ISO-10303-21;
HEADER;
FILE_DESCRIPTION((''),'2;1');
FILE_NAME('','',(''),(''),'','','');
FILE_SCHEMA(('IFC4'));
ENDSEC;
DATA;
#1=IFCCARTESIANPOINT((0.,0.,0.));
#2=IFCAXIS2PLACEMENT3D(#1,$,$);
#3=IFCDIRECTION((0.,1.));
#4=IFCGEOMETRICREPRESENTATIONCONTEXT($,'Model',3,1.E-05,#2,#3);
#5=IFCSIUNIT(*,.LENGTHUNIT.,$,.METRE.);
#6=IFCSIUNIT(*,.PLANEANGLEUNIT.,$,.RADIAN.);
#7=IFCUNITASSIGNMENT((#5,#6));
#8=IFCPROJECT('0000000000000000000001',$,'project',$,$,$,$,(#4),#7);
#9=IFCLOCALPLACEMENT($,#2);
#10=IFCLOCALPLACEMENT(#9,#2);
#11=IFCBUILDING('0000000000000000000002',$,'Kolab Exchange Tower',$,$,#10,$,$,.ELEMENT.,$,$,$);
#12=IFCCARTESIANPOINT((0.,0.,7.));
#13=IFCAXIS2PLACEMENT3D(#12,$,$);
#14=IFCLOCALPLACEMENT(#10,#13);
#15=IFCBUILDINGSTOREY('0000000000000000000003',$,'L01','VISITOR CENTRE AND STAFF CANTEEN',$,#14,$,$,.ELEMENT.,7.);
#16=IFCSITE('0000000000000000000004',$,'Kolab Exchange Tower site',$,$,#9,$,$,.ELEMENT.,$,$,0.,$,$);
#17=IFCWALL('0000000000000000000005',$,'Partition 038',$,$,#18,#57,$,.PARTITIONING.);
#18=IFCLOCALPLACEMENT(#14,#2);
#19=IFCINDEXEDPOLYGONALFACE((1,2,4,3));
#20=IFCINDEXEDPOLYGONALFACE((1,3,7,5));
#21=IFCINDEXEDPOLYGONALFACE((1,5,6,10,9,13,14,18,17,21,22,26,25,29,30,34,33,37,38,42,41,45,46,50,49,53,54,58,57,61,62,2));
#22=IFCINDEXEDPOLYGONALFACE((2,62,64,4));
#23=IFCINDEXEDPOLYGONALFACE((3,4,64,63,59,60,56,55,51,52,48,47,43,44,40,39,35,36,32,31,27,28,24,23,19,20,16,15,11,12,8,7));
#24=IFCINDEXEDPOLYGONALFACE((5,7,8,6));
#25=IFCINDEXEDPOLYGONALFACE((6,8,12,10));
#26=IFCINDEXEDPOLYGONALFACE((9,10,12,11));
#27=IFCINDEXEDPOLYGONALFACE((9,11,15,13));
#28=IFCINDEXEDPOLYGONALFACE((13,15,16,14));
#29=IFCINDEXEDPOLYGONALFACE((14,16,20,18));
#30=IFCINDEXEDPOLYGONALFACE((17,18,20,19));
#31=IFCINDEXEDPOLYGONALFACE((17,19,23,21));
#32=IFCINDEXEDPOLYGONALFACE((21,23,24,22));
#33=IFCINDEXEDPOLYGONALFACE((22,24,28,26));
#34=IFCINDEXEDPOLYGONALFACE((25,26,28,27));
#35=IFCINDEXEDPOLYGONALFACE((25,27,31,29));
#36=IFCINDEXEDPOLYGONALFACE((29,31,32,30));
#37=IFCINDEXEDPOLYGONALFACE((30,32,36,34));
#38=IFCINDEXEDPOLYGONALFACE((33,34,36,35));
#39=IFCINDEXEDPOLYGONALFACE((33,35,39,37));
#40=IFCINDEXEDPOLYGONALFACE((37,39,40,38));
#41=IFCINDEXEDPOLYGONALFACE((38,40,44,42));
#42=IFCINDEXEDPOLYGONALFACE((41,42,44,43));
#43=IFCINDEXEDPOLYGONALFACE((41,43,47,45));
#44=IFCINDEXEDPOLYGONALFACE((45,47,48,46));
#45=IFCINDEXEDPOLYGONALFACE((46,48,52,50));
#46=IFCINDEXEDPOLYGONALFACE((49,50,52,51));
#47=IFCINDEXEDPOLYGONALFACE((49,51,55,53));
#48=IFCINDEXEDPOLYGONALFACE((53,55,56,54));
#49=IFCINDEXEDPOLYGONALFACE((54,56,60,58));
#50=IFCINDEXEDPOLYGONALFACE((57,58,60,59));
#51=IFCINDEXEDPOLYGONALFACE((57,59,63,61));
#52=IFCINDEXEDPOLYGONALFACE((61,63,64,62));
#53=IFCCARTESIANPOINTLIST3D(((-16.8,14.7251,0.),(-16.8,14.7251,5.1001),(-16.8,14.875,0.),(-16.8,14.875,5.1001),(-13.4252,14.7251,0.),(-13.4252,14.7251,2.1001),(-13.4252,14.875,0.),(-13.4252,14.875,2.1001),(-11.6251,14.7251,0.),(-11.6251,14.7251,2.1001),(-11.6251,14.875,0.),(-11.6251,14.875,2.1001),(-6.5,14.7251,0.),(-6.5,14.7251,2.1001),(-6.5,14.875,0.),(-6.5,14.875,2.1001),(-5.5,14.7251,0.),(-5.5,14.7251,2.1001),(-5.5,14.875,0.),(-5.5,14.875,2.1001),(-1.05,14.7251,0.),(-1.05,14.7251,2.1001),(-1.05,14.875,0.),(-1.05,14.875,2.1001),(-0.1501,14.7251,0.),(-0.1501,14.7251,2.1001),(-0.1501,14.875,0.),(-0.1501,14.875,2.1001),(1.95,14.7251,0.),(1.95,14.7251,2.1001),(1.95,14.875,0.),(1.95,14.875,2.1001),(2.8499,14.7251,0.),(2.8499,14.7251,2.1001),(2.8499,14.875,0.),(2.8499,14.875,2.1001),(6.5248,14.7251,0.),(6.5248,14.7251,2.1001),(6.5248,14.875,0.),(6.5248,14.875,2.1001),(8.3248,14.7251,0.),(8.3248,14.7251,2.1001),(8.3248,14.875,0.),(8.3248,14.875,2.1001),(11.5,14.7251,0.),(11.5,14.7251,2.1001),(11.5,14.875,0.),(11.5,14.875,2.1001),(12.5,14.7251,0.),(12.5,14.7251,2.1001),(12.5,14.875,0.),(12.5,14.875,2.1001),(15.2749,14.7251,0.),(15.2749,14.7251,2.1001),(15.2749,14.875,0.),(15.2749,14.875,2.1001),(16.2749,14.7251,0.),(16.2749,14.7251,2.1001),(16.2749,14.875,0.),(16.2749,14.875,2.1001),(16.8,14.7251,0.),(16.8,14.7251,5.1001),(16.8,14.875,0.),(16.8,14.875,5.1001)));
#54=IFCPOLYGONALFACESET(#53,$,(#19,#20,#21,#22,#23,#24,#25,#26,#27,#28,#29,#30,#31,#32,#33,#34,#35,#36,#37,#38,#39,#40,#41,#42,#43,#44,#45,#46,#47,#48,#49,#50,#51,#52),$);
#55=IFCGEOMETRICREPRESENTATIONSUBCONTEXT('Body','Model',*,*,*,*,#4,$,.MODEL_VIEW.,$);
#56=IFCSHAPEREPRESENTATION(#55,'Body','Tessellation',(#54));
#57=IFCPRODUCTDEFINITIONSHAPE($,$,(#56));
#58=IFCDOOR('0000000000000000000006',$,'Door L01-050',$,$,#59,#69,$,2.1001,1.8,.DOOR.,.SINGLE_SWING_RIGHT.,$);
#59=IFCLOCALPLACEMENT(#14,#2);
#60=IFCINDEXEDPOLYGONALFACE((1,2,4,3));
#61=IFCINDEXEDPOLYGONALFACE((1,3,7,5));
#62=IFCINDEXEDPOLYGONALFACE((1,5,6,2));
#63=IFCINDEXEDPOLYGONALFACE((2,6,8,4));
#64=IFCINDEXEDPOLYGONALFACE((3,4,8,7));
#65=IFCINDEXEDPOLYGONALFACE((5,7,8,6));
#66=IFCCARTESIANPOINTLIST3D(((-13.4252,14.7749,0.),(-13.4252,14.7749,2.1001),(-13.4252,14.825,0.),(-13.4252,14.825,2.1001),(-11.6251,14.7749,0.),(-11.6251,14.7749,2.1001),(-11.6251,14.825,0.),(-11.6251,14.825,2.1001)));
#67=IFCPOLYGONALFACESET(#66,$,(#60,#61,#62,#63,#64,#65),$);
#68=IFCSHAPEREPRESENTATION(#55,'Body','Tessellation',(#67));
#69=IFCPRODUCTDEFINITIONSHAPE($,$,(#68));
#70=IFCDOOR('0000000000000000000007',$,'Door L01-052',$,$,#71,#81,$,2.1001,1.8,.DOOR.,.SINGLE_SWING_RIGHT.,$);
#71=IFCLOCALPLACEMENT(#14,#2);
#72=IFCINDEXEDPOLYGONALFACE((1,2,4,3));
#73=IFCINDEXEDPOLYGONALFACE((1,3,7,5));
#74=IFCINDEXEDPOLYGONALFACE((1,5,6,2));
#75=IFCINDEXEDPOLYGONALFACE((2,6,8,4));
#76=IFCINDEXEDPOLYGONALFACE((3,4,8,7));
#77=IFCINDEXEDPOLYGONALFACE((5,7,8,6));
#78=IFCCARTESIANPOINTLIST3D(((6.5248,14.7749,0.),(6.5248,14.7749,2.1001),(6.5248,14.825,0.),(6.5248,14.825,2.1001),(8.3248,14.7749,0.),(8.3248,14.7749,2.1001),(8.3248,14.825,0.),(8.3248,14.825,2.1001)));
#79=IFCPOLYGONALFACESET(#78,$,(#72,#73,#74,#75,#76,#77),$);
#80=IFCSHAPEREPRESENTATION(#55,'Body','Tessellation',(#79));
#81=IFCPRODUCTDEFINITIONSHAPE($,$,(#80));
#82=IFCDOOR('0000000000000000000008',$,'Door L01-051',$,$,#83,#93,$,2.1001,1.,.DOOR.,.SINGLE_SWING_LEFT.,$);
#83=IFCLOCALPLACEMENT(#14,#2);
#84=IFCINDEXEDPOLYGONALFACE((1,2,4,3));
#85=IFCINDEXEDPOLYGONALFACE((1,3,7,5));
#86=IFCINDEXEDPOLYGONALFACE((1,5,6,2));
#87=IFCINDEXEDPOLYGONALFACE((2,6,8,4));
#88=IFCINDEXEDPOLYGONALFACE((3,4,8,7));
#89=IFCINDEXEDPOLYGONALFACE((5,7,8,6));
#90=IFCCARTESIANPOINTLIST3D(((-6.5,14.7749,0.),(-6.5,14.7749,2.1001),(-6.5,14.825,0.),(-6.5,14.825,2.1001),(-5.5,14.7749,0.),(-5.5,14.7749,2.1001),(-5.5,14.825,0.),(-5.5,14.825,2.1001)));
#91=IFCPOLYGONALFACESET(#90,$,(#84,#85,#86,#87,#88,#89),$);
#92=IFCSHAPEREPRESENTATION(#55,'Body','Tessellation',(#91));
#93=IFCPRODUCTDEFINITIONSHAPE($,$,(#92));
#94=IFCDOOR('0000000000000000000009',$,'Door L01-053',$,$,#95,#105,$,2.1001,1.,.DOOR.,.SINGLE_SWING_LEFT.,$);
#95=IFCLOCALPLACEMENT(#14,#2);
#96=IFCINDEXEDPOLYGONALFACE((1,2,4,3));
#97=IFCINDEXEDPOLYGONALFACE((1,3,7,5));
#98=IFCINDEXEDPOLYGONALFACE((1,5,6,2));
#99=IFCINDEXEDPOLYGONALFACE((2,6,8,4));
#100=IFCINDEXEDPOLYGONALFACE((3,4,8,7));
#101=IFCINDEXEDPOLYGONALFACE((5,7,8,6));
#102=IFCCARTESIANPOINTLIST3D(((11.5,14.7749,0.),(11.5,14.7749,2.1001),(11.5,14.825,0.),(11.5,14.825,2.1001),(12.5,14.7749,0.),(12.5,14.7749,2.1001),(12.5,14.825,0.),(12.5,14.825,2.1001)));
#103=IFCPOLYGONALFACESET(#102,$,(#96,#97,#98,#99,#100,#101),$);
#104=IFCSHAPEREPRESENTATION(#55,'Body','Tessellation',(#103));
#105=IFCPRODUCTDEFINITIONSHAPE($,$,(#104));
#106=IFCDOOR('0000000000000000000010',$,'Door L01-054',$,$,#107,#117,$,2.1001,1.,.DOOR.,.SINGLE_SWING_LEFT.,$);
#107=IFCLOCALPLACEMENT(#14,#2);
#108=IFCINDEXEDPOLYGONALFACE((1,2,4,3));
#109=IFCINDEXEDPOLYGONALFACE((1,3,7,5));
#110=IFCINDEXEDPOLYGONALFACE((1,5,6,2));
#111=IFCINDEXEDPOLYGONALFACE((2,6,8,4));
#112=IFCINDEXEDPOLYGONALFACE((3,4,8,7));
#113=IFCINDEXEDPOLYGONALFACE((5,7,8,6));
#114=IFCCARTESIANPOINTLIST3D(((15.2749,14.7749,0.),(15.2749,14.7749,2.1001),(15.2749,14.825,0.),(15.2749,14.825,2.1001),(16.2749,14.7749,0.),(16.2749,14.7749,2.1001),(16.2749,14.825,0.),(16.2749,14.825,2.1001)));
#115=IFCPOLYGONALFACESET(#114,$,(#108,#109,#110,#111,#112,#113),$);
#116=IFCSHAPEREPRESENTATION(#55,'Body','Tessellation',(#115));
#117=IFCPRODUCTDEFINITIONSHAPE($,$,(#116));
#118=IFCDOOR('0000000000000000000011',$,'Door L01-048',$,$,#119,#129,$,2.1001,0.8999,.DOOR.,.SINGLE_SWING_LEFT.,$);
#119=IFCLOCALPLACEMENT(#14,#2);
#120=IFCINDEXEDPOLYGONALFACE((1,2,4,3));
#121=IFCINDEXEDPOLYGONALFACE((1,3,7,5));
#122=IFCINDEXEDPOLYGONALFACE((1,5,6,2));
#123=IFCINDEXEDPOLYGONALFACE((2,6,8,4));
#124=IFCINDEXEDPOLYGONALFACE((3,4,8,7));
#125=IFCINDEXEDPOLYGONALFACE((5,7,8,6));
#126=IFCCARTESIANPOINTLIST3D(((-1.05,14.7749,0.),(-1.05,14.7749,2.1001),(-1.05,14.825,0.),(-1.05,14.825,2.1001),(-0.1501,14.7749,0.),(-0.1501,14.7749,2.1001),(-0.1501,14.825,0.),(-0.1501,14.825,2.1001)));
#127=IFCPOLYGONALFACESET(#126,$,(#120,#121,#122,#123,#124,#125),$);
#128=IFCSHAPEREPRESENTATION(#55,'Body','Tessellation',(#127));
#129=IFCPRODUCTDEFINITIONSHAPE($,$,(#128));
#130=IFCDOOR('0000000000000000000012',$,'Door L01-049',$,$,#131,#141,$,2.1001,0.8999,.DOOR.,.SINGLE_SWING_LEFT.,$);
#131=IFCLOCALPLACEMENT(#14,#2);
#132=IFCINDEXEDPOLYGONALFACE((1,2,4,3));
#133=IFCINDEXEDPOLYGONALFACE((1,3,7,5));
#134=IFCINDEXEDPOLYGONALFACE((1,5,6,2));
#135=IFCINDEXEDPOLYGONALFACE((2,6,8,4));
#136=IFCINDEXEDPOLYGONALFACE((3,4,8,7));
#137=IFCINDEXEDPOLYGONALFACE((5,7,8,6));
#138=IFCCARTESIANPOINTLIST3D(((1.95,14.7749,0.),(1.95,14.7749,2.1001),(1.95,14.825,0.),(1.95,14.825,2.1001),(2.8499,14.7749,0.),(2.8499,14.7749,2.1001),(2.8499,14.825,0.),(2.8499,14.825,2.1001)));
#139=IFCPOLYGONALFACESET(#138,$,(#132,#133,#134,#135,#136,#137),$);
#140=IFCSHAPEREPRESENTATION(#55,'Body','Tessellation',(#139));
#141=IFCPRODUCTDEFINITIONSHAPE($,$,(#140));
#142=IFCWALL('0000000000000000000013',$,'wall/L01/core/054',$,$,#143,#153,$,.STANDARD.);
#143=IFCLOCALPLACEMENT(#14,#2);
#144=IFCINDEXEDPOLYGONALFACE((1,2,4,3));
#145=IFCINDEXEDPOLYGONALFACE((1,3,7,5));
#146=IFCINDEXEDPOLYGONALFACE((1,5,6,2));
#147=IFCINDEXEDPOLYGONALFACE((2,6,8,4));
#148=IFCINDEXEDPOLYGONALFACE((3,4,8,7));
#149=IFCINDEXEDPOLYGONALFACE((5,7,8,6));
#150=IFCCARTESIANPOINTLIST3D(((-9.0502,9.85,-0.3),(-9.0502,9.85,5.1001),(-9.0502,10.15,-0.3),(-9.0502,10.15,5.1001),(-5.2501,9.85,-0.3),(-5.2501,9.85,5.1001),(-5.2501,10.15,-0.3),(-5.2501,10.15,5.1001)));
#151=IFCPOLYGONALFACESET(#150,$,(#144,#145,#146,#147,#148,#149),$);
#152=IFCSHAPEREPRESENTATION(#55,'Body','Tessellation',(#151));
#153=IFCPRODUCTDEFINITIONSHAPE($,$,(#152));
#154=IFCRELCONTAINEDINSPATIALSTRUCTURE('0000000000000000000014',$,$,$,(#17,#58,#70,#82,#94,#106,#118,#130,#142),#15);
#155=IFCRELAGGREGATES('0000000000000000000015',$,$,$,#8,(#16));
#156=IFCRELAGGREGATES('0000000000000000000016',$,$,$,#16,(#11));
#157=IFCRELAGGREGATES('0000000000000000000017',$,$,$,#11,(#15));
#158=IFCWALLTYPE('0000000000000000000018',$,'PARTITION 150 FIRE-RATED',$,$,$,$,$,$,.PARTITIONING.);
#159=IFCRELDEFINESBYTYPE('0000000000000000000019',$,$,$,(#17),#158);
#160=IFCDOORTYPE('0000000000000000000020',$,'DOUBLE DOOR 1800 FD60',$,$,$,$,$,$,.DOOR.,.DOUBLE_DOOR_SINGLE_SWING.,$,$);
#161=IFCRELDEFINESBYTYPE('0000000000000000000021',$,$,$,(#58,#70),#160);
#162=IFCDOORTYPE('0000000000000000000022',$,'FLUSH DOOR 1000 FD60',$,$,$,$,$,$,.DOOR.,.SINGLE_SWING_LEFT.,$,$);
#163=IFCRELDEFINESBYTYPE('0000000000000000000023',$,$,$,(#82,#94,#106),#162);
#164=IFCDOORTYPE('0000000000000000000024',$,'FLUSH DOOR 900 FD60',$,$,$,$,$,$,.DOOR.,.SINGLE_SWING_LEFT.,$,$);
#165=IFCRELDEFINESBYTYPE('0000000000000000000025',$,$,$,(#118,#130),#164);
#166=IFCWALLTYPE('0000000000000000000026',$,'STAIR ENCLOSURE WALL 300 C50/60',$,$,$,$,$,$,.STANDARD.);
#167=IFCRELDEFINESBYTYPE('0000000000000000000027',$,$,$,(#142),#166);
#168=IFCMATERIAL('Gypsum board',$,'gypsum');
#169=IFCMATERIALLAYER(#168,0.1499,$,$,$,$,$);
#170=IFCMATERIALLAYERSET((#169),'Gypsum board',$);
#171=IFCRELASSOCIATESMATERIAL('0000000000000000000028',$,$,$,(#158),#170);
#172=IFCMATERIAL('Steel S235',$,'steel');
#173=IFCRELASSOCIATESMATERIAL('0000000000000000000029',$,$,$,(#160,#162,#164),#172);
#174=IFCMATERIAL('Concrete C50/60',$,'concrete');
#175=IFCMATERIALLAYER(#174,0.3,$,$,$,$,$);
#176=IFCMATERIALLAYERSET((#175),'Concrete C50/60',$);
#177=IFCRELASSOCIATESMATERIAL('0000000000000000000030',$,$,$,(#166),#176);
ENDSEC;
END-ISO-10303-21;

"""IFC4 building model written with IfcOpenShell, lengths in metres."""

from ifc_helpers import new_model, si_unit, direction, frame, frame_2d, origin, place, context, subcontext, project, spatial, rectangle, extrude, material, layer, layer_set, type_object, element, fill, save


model = new_model("IFC4")

# Units and contexts
model_context = context("Model", 3, precision=1e-05, world=origin(), true_north=direction((0.0, 1.0)))
body_context = subcontext(model_context, "Body", "Model", "MODEL_VIEW")
ifc_project = project(units=[si_unit("LENGTHUNIT", "METRE"), si_unit("PLANEANGLEUNIT", "RADIAN")], contexts=[model_context])

# Site, building, storey
site_placement = place(None, origin())
site = spatial("IfcSite", under=ifc_project, at=site_placement, Name="Kolab Exchange Tower site", CompositionType="ELEMENT", RefElevation=0.0)
building_placement = place(site_placement, origin())
building = spatial("IfcBuilding", under=site, at=building_placement, Name="Kolab Exchange Tower", CompositionType="ELEMENT")
storey_placement = place(building_placement, frame((0.0, 0.0, 7.0)))
storey = spatial("IfcBuildingStorey", under=building, at=storey_placement, Name="L01", Description="VISITOR CENTRE AND STAFF CANTEEN", CompositionType="ELEMENT", Elevation=7.0)

# Shared definitions
ifc_material_1 = material(Name="Gypsum board", Category="gypsum")

# Wall, openings, doors
ifc_layer_1 = layer(ifc_material_1, 0.1499)
ifc_layer_set_1 = layer_set([ifc_layer_1], Name="Gypsum board")
wall_type_1 = type_object("IfcWallType", Name="PARTITION 150 FIRE-RATED", PredefinedType="PARTITIONING", material=ifc_layer_set_1)
wall_1_placement = place(storey_placement, frame((-16.8, 14.8, 0.0), z_axis=(0.0, 0.0, 1.0), x_axis=(1.0, 0.0, 0.0)))
wall_1 = element("IfcWall", 1, at=wall_1_placement, inside=storey, type_object=wall_type_1, Name="Partition 038", PredefinedType="PARTITIONING", context=body_context, shape_type="SweptSolid", body=[
    extrude(rectangle(XDim=33.6001, YDim=0.1499, at=frame_2d((16.8, 0.0))), origin(), (0.0, 0.0, 1.0), 5.1001),
])
opening_1_placement = place(wall_1_placement, frame((15.75, 0.0, 0.0)))
opening_1 = element("IfcOpeningElement", 2, at=opening_1_placement, cuts=wall_1, PredefinedType="OPENING", context=body_context, shape_type="SweptSolid", body=[
    extrude(rectangle(XDim=0.8999, YDim=2.1001, at=frame_2d((0.45, 1.05))), frame((0.0, 0.085, 0.0), z_axis=(0.0, -1.0, 0.0), x_axis=(1.0, 0.0, 0.0)), (0.0, 0.0, 1.0), 0.1699),
])
opening_2_placement = place(wall_1_placement, frame((18.75, 0.0, 0.0)))
opening_2 = element("IfcOpeningElement", 3, at=opening_2_placement, cuts=wall_1, PredefinedType="OPENING", context=body_context, shape_type="SweptSolid", body=[
    extrude(rectangle(XDim=0.8999, YDim=2.1001, at=frame_2d((0.45, 1.05))), frame((0.0, 0.085, 0.0), z_axis=(0.0, -1.0, 0.0), x_axis=(1.0, 0.0, 0.0)), (0.0, 0.0, 1.0), 0.1699),
])
opening_3_placement = place(wall_1_placement, frame((3.375, 0.0, 0.0)))
opening_3 = element("IfcOpeningElement", 4, at=opening_3_placement, cuts=wall_1, PredefinedType="OPENING", context=body_context, shape_type="SweptSolid", body=[
    extrude(rectangle(XDim=1.8, YDim=2.1001, at=frame_2d((0.8999, 1.05))), frame((0.0, 0.085, 0.0), z_axis=(0.0, -1.0, 0.0), x_axis=(1.0, 0.0, 0.0)), (0.0, 0.0, 1.0), 0.1699),
])
opening_4_placement = place(wall_1_placement, frame((10.3, 0.0, 0.0)))
opening_4 = element("IfcOpeningElement", 5, at=opening_4_placement, cuts=wall_1, PredefinedType="OPENING", context=body_context, shape_type="SweptSolid", body=[
    extrude(rectangle(XDim=1.0, YDim=2.1001, at=frame_2d((0.5, 1.05))), frame((0.0, 0.085, 0.0), z_axis=(0.0, -1.0, 0.0), x_axis=(1.0, 0.0, 0.0)), (0.0, 0.0, 1.0), 0.1699),
])
opening_5_placement = place(wall_1_placement, frame((23.325, 0.0, 0.0)))
opening_5 = element("IfcOpeningElement", 6, at=opening_5_placement, cuts=wall_1, PredefinedType="OPENING", context=body_context, shape_type="SweptSolid", body=[
    extrude(rectangle(XDim=1.8, YDim=2.1001, at=frame_2d((0.8999, 1.05))), frame((0.0, 0.085, 0.0), z_axis=(0.0, -1.0, 0.0), x_axis=(1.0, 0.0, 0.0)), (0.0, 0.0, 1.0), 0.1699),
])
opening_6_placement = place(wall_1_placement, frame((28.3, 0.0, 0.0)))
opening_6 = element("IfcOpeningElement", 7, at=opening_6_placement, cuts=wall_1, PredefinedType="OPENING", context=body_context, shape_type="SweptSolid", body=[
    extrude(rectangle(XDim=1.0, YDim=2.1001, at=frame_2d((0.5, 1.05))), frame((0.0, 0.085, 0.0), z_axis=(0.0, -1.0, 0.0), x_axis=(1.0, 0.0, 0.0)), (0.0, 0.0, 1.0), 0.1699),
])
opening_7_placement = place(wall_1_placement, frame((32.075, 0.0, 0.0)))
opening_7 = element("IfcOpeningElement", 8, at=opening_7_placement, cuts=wall_1, PredefinedType="OPENING", context=body_context, shape_type="SweptSolid", body=[
    extrude(rectangle(XDim=1.0, YDim=2.1001, at=frame_2d((0.5, 1.05))), frame((0.0, 0.085, 0.0), z_axis=(0.0, -1.0, 0.0), x_axis=(1.0, 0.0, 0.0)), (0.0, 0.0, 1.0), 0.1699),
])
ifc_material_2 = material(Name="Steel S235", Category="steel")
door_type_1 = type_object("IfcDoorType", Name="DOUBLE DOOR 1800 FD60", OperationType="DOUBLE_DOOR_SINGLE_SWING", PredefinedType="DOOR", material=ifc_material_2)
door_1_placement = place(opening_3_placement, origin())
door_1 = element("IfcDoor", 9, at=door_1_placement, inside=storey, type_object=door_type_1, Name="Door L01-050", OperationType="SINGLE_SWING_RIGHT", OverallHeight=2.1001, OverallWidth=1.8, PredefinedType="DOOR", context=body_context, shape_type="SweptSolid", body=[
    extrude(rectangle(XDim=1.8, YDim=2.1001, at=frame_2d((0.8999, 1.05))), frame((0.0, 0.0249, 0.0), z_axis=(0.0, -1.0, 0.0), x_axis=(1.0, 0.0, 0.0)), (0.0, 0.0, 1.0), 0.05),
])
fill(opening_3, door_1)
door_2_placement = place(opening_5_placement, origin())
door_2 = element("IfcDoor", 10, at=door_2_placement, inside=storey, type_object=door_type_1, Name="Door L01-052", OperationType="SINGLE_SWING_RIGHT", OverallHeight=2.1001, OverallWidth=1.8, PredefinedType="DOOR", context=body_context, shape_type="SweptSolid", body=[
    extrude(rectangle(XDim=1.8, YDim=2.1001, at=frame_2d((0.8999, 1.05))), frame((0.0, 0.0249, 0.0), z_axis=(0.0, -1.0, 0.0), x_axis=(1.0, 0.0, 0.0)), (0.0, 0.0, 1.0), 0.05),
])
fill(opening_5, door_2)
door_type_2 = type_object("IfcDoorType", Name="FLUSH DOOR 1000 FD60", OperationType="SINGLE_SWING_LEFT", PredefinedType="DOOR", material=ifc_material_2)
door_3_placement = place(opening_4_placement, origin())
door_3 = element("IfcDoor", 11, at=door_3_placement, inside=storey, type_object=door_type_2, Name="Door L01-051", OperationType="SINGLE_SWING_LEFT", OverallHeight=2.1001, OverallWidth=1.0, PredefinedType="DOOR", context=body_context, shape_type="SweptSolid", body=[
    extrude(rectangle(XDim=1.0, YDim=2.1001, at=frame_2d((0.5, 1.05))), frame((0.0, 0.0249, 0.0), z_axis=(0.0, -1.0, 0.0), x_axis=(1.0, 0.0, 0.0)), (0.0, 0.0, 1.0), 0.05),
])
fill(opening_4, door_3)
door_4_placement = place(opening_6_placement, origin())
door_4 = element("IfcDoor", 12, at=door_4_placement, inside=storey, type_object=door_type_2, Name="Door L01-053", OperationType="SINGLE_SWING_LEFT", OverallHeight=2.1001, OverallWidth=1.0, PredefinedType="DOOR", context=body_context, shape_type="SweptSolid", body=[
    extrude(rectangle(XDim=1.0, YDim=2.1001, at=frame_2d((0.5, 1.05))), frame((0.0, 0.0249, 0.0), z_axis=(0.0, -1.0, 0.0), x_axis=(1.0, 0.0, 0.0)), (0.0, 0.0, 1.0), 0.05),
])
fill(opening_6, door_4)
door_5_placement = place(opening_7_placement, origin())
door_5 = element("IfcDoor", 13, at=door_5_placement, inside=storey, type_object=door_type_2, Name="Door L01-054", OperationType="SINGLE_SWING_LEFT", OverallHeight=2.1001, OverallWidth=1.0, PredefinedType="DOOR", context=body_context, shape_type="SweptSolid", body=[
    extrude(rectangle(XDim=1.0, YDim=2.1001, at=frame_2d((0.5, 1.05))), frame((0.0, 0.0249, 0.0), z_axis=(0.0, -1.0, 0.0), x_axis=(1.0, 0.0, 0.0)), (0.0, 0.0, 1.0), 0.05),
])
fill(opening_7, door_5)
door_type_3 = type_object("IfcDoorType", Name="FLUSH DOOR 900 FD60", OperationType="SINGLE_SWING_LEFT", PredefinedType="DOOR", material=ifc_material_2)
door_6_placement = place(opening_1_placement, origin())
door_6 = element("IfcDoor", 14, at=door_6_placement, inside=storey, type_object=door_type_3, Name="Door L01-048", OperationType="SINGLE_SWING_LEFT", OverallHeight=2.1001, OverallWidth=0.8999, PredefinedType="DOOR", context=body_context, shape_type="SweptSolid", body=[
    extrude(rectangle(XDim=0.8999, YDim=2.1001, at=frame_2d((0.45, 1.05))), frame((0.0, 0.0249, 0.0), z_axis=(0.0, -1.0, 0.0), x_axis=(1.0, 0.0, 0.0)), (0.0, 0.0, 1.0), 0.05),
])
fill(opening_1, door_6)
door_7_placement = place(opening_2_placement, origin())
door_7 = element("IfcDoor", 15, at=door_7_placement, inside=storey, type_object=door_type_3, Name="Door L01-049", OperationType="SINGLE_SWING_LEFT", OverallHeight=2.1001, OverallWidth=0.8999, PredefinedType="DOOR", context=body_context, shape_type="SweptSolid", body=[
    extrude(rectangle(XDim=0.8999, YDim=2.1001, at=frame_2d((0.45, 1.05))), frame((0.0, 0.0249, 0.0), z_axis=(0.0, -1.0, 0.0), x_axis=(1.0, 0.0, 0.0)), (0.0, 0.0, 1.0), 0.05),
])
fill(opening_2, door_7)

# Wall
ifc_material_3 = material(Name="Concrete C50/60", Category="concrete")
ifc_layer_2 = layer(ifc_material_3, 0.3)
ifc_layer_set_2 = layer_set([ifc_layer_2], Name="Concrete C50/60")
wall_type_2 = type_object("IfcWallType", Name="STAIR ENCLOSURE WALL 300 C50/60", PredefinedType="STANDARD", material=ifc_layer_set_2)
wall_2_placement = place(storey_placement, frame((-9.05, 10.0, -0.3), z_axis=(0.0, 0.0, 1.0), x_axis=(1.0, 0.0, 0.0)))
element("IfcWall", 16, at=wall_2_placement, inside=storey, type_object=wall_type_2, Name="wall/L01/core/054", PredefinedType="STANDARD", context=body_context, shape_type="SweptSolid", body=[
    extrude(rectangle(XDim=3.8, YDim=0.3, at=frame_2d((1.8999, 0.0))), origin(), (0.0, 0.0, 1.0), 5.4001),
])

save(model, "model.ifc")
